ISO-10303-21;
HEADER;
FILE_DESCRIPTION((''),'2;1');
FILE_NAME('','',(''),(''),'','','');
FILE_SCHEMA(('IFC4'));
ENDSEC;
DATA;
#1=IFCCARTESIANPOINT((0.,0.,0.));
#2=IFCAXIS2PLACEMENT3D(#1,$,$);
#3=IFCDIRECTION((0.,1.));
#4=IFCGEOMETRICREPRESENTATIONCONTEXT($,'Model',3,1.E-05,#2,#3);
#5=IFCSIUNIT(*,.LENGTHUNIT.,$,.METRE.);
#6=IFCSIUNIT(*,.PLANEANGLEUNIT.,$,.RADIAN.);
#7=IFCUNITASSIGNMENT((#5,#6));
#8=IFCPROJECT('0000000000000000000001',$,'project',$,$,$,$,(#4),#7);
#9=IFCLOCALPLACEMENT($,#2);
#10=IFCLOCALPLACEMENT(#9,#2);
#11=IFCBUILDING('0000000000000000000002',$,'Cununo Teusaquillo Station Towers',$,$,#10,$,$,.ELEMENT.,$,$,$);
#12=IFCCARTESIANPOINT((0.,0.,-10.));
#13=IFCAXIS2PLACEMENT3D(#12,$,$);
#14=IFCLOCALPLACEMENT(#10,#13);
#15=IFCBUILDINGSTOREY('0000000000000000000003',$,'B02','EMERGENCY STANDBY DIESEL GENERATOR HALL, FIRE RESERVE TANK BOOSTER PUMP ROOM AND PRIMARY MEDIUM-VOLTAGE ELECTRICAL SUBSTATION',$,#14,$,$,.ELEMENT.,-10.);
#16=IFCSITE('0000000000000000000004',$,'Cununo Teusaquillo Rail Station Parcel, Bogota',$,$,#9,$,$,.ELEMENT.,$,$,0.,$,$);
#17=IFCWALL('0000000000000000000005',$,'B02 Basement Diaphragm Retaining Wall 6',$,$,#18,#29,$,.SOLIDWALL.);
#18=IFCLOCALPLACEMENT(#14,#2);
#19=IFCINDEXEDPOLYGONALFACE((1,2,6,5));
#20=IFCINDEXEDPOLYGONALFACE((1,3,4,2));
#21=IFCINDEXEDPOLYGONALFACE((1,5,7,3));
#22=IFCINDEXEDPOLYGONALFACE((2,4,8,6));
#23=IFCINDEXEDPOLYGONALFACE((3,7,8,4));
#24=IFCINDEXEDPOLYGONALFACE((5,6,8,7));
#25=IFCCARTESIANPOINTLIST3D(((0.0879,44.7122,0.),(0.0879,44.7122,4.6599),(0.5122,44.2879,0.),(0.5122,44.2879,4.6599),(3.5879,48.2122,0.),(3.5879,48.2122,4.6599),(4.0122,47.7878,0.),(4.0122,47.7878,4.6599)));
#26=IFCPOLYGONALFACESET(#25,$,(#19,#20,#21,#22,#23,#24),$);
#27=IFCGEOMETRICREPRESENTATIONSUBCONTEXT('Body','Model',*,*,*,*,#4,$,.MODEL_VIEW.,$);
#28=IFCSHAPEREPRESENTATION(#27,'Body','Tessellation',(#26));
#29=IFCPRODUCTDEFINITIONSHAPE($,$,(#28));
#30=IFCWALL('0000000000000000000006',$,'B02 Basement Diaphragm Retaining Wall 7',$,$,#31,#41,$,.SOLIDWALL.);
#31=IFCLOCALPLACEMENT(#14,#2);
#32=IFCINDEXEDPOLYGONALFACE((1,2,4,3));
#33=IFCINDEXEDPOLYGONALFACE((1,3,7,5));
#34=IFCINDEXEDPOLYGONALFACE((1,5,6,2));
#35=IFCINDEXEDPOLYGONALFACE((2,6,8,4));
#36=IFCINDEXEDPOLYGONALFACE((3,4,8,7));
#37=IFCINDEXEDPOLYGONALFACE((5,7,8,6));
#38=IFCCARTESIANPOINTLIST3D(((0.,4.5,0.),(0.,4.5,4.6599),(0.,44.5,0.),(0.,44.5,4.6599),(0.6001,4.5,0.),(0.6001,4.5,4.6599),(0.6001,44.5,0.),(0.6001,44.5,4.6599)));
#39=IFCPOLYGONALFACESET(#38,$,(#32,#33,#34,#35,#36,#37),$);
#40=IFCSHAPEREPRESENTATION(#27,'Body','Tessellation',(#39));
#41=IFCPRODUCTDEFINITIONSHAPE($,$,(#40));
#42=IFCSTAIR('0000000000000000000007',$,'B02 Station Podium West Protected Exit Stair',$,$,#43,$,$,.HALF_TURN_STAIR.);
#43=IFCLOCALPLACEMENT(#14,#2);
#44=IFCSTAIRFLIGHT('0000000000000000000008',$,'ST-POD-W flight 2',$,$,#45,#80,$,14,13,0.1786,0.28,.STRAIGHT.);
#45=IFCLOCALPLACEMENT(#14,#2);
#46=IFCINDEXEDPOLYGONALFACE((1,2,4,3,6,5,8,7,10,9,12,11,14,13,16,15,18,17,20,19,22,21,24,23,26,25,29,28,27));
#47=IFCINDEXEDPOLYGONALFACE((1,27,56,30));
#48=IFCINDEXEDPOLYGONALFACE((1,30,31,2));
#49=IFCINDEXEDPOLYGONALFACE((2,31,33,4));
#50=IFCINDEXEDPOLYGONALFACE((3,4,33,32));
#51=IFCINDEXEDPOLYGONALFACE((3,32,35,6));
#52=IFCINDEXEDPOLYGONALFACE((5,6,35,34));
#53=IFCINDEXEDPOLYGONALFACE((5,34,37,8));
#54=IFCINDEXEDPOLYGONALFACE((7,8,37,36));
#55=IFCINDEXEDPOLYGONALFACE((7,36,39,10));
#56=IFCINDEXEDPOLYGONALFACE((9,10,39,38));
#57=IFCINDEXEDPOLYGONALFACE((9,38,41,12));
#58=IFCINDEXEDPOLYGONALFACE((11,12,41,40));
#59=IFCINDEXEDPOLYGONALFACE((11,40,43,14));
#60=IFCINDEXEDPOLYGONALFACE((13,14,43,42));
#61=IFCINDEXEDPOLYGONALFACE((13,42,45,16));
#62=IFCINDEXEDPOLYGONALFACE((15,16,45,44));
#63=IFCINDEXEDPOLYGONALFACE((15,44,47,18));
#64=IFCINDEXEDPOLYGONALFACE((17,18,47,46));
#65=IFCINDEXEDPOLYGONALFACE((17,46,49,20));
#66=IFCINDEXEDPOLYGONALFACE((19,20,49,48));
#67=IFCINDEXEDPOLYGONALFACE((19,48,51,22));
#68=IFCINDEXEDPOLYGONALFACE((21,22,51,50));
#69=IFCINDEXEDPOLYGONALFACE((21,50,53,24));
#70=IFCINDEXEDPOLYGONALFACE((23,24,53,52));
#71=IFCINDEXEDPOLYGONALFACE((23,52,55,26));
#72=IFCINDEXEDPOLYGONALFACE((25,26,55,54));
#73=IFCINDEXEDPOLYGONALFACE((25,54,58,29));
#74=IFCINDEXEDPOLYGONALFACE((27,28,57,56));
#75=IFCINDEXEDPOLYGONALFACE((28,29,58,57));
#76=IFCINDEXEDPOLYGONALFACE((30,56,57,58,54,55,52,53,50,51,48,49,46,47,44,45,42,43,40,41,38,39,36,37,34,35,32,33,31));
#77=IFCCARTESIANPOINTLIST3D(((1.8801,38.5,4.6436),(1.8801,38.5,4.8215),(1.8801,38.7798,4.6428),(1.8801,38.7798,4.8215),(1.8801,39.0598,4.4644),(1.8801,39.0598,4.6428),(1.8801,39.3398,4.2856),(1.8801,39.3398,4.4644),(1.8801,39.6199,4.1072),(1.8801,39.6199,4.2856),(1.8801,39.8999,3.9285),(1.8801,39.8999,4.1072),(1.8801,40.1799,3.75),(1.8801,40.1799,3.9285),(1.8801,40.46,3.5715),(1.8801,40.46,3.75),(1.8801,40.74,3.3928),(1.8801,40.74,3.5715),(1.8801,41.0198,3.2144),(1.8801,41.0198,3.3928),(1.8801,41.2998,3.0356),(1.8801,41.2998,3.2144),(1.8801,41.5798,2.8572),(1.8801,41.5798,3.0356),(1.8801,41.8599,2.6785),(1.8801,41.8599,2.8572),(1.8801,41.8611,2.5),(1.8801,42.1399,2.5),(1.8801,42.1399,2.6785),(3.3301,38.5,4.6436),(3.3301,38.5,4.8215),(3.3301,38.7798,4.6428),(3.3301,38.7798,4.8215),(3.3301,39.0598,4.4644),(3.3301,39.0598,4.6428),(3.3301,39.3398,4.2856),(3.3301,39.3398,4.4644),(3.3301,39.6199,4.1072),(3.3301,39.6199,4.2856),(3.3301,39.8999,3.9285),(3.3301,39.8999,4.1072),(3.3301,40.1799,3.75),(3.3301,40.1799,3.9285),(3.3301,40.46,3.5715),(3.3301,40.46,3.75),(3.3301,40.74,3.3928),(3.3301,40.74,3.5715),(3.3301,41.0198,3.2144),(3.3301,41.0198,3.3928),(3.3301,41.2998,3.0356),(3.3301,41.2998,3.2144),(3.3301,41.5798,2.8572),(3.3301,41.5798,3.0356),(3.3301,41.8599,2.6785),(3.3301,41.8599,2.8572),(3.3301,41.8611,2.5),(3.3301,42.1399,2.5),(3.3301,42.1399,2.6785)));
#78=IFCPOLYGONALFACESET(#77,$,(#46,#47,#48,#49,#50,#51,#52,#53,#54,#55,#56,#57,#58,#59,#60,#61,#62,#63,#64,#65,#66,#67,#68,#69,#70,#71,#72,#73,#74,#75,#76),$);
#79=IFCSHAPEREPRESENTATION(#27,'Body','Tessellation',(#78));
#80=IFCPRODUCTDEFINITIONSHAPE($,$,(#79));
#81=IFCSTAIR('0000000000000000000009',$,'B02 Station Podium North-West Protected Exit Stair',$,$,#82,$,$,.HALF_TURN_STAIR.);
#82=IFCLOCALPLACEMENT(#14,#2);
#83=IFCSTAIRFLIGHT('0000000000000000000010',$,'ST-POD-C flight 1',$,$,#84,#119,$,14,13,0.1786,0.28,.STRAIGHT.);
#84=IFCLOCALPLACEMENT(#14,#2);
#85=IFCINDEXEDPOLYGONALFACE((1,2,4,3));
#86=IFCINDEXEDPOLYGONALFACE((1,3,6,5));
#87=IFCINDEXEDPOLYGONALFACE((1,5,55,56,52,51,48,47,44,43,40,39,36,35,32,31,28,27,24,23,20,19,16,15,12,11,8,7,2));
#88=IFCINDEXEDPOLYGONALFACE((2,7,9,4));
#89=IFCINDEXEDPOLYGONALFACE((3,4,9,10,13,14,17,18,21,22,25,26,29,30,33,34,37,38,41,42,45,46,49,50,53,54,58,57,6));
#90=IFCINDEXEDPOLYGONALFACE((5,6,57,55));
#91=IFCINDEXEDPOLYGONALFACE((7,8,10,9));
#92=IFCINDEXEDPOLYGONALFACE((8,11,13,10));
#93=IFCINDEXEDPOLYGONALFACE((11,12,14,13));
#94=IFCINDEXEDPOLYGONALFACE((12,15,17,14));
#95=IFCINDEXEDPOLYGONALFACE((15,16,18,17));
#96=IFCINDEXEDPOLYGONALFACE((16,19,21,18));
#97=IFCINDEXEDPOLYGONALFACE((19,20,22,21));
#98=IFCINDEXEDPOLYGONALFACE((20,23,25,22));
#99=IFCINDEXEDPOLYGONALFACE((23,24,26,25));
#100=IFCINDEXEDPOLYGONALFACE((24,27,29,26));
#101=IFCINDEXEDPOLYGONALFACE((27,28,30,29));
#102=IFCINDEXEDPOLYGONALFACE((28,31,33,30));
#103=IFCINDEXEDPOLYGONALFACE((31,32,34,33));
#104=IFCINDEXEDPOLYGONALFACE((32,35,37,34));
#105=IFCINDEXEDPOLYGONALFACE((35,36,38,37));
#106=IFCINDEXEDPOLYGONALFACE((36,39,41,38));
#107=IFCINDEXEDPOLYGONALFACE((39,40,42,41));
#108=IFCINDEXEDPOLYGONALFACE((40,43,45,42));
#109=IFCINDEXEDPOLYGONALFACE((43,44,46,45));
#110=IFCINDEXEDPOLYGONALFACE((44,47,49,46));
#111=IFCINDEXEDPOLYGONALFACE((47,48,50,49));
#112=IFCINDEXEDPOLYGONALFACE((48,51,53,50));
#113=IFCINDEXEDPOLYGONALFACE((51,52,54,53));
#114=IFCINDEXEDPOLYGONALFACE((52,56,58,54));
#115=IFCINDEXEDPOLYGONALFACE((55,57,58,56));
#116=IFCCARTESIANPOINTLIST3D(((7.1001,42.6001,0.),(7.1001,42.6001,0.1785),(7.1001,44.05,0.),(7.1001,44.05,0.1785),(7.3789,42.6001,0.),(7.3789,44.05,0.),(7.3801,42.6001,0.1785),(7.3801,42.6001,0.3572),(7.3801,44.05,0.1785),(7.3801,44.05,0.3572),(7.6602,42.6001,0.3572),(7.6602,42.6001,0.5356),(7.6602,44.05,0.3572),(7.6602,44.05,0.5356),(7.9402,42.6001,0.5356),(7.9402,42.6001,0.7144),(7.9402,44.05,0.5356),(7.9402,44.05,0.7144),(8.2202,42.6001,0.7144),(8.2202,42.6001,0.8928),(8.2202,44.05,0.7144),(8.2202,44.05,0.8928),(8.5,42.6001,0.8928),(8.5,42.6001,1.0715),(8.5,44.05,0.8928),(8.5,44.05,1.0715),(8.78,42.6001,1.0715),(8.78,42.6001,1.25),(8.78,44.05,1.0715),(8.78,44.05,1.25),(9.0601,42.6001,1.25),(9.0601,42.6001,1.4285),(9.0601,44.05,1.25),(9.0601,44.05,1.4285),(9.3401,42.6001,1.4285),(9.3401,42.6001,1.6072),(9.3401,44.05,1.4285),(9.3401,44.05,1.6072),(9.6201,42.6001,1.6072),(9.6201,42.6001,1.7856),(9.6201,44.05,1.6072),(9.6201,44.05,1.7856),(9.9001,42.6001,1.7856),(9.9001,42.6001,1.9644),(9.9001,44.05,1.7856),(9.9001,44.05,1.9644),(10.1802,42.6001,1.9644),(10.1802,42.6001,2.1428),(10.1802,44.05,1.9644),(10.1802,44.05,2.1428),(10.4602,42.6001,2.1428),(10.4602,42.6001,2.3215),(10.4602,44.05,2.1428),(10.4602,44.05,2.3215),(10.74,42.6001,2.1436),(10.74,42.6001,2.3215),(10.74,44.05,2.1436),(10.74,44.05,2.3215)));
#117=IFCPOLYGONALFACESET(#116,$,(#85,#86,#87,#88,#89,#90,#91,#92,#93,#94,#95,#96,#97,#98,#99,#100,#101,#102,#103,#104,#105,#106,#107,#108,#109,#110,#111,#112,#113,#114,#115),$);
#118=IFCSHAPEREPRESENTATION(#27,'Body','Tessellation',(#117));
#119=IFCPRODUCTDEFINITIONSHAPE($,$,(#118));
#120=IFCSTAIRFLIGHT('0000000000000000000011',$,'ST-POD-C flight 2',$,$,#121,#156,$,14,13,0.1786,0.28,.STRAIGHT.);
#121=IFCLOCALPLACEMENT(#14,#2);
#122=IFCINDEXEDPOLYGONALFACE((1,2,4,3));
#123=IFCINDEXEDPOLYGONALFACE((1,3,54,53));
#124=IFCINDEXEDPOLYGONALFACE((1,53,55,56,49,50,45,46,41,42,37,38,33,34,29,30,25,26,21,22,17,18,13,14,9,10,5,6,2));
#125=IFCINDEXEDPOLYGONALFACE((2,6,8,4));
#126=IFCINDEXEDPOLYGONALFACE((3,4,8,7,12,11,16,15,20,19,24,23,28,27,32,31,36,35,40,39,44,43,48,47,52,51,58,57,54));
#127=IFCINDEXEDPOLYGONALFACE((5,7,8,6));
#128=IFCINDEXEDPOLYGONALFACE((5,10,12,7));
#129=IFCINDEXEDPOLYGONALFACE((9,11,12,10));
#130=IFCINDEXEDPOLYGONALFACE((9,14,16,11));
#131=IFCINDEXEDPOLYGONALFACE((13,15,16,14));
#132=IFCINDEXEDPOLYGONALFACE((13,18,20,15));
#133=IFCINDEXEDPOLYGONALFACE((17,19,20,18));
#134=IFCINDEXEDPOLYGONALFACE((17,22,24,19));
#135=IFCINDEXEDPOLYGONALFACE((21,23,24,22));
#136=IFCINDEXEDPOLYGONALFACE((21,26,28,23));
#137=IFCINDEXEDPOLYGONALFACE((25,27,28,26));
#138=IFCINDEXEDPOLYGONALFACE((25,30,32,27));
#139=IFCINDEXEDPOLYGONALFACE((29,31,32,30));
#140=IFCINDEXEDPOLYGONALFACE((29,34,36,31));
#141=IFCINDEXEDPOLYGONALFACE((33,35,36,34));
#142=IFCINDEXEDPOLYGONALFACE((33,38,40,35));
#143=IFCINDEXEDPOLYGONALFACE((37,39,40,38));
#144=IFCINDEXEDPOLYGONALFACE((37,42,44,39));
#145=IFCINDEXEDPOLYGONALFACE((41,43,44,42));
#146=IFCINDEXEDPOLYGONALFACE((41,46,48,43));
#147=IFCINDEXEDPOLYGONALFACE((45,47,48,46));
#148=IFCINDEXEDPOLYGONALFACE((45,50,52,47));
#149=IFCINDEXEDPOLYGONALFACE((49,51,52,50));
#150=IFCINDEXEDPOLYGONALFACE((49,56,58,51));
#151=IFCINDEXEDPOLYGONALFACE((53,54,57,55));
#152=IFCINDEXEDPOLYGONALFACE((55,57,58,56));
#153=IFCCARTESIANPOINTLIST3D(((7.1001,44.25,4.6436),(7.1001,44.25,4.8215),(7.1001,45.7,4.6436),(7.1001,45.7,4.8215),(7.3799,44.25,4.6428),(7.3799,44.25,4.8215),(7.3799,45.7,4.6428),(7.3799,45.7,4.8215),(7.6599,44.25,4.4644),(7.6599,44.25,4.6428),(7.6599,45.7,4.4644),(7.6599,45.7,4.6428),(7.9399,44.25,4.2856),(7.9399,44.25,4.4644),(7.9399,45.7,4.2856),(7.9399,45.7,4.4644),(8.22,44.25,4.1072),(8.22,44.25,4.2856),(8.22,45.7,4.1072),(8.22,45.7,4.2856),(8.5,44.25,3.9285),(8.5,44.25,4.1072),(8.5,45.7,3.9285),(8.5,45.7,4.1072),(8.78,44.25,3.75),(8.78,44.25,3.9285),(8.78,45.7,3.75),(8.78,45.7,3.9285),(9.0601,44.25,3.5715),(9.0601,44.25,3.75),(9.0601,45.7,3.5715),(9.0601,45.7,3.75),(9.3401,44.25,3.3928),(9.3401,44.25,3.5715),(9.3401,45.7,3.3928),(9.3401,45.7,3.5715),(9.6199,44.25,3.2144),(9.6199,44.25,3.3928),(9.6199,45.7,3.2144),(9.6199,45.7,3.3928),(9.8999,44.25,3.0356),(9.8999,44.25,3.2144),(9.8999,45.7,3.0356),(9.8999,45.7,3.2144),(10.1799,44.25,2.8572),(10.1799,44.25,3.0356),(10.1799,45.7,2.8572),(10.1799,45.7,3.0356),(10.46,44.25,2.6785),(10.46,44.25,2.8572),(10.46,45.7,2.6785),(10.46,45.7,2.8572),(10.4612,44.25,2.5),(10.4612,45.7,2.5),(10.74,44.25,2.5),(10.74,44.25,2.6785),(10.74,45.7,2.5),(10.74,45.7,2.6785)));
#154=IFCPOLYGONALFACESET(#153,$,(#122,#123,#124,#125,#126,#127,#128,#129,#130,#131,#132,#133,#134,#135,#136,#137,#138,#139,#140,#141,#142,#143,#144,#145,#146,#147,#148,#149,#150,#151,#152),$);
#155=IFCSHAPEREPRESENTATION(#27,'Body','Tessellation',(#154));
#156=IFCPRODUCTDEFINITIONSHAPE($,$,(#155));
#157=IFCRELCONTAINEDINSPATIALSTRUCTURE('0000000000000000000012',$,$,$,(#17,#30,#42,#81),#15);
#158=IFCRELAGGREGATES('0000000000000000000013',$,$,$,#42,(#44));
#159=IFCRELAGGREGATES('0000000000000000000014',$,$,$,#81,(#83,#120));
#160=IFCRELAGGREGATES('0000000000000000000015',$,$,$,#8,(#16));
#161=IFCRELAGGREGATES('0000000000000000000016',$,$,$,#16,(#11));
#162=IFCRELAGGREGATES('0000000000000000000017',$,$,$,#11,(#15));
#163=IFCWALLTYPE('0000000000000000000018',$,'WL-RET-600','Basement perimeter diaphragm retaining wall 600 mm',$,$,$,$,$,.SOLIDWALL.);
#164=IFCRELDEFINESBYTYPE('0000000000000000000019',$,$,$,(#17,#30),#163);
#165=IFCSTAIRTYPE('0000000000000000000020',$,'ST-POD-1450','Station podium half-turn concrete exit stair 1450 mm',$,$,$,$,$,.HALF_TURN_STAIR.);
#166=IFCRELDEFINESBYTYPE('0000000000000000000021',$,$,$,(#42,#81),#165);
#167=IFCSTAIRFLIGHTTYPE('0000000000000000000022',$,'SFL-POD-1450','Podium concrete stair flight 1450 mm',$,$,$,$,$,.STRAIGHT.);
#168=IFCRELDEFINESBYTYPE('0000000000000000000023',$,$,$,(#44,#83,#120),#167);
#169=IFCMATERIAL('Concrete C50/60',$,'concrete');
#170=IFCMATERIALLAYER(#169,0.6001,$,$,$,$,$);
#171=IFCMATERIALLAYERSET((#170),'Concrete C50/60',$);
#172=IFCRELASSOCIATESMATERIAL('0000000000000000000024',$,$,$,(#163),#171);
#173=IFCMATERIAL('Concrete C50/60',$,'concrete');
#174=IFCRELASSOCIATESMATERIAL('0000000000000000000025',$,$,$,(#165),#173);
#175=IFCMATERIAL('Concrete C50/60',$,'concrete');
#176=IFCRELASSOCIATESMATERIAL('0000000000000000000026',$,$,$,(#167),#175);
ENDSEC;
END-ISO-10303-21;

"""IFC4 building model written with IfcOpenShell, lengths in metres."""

from ifc_helpers import new_model, si_unit, direction, frame, frame_2d, origin, place, context, subcontext, project, spatial, polyline, rectangle, outline, extrude, material, layer, layer_set, type_object, element, aggregate, save


model = new_model("IFC4")

# Units and contexts
model_context = context("Model", 3, precision=1e-05, world=origin(), true_north=direction((0.0, 1.0)))
body_context = subcontext(model_context, "Body", "Model", "MODEL_VIEW")
ifc_project = project(units=[si_unit("LENGTHUNIT", "METRE"), si_unit("PLANEANGLEUNIT", "RADIAN")], contexts=[model_context])

# Site, building, storey
site_placement = place(None, origin())
site = spatial("IfcSite", under=ifc_project, at=site_placement, Name="Cununo Teusaquillo Rail Station Parcel, Bogota", CompositionType="ELEMENT", RefElevation=0.0)
building_placement = place(site_placement, origin())
building = spatial("IfcBuilding", under=site, at=building_placement, Name="Cununo Teusaquillo Station Towers", CompositionType="ELEMENT")
storey_placement = place(building_placement, frame((0.0, 0.0, -10.0)))
storey = spatial("IfcBuildingStorey", under=building, at=storey_placement, Name="B02", Description="EMERGENCY STANDBY DIESEL GENERATOR HALL, FIRE RESERVE TANK BOOSTER PUMP ROOM AND PRIMARY MEDIUM-VOLTAGE ELECTRICAL SUBSTATION", CompositionType="ELEMENT", Elevation=-10.0)

# Walls
ifc_material_1 = material(Name="Concrete C50/60", Category="concrete")
ifc_layer_1 = layer(ifc_material_1, 0.6001)
ifc_layer_set_1 = layer_set([ifc_layer_1], Name="Concrete C50/60")
wall_type_1 = type_object("IfcWallType", Name="WL-RET-600", Description="Basement perimeter diaphragm retaining wall 600 mm", PredefinedType="SOLIDWALL", material=ifc_layer_set_1)
wall_1_placement = place(storey_placement, frame((3.8, 48.0, 0.0), z_axis=(0.0, 0.0, 1.0), x_axis=(-0.707107, -0.707107, 0.0)))
element("IfcWall", 1, at=wall_1_placement, inside=storey, type_object=wall_type_1, Name="B02 Basement Diaphragm Retaining Wall 6", PredefinedType="SOLIDWALL", context=body_context, shape_type="SweptSolid", body=[
    extrude(rectangle(XDim=4.9497, YDim=0.6001, at=frame_2d((2.4749, 0.0))), origin(), (0.0, 0.0, 1.0), 4.6599),
])
wall_2_placement = place(storey_placement, frame((0.3, 44.5, 0.0), z_axis=(0.0, 0.0, 1.0), x_axis=(0.0, -1.0, 0.0)))
element("IfcWall", 2, at=wall_2_placement, inside=storey, type_object=wall_type_1, Name="B02 Basement Diaphragm Retaining Wall 7", PredefinedType="SOLIDWALL", context=body_context, shape_type="SweptSolid", body=[
    extrude(rectangle(XDim=40.0, YDim=0.6001, at=frame_2d((20.0, 0.0))), origin(), (0.0, 0.0, 1.0), 4.6599),
])

# Stair, stair flight
ifc_material_2 = material(Name="Concrete C50/60", Category="concrete")
stair_type = type_object("IfcStairType", Name="ST-POD-1450", Description="Station podium half-turn concrete exit stair 1450 mm", PredefinedType="HALF_TURN_STAIR", material=ifc_material_2)
stair_1_placement = place(storey_placement, origin())
stair_1 = element("IfcStair", 3, at=stair_1_placement, inside=storey, type_object=stair_type, Name="B02 Station Podium West Protected Exit Stair", PredefinedType="HALF_TURN_STAIR")
ifc_material_3 = material(Name="Concrete C50/60", Category="concrete")
stair_flight_type = type_object("IfcStairFlightType", Name="SFL-POD-1450", Description="Podium concrete stair flight 1450 mm", PredefinedType="STRAIGHT", material=ifc_material_3)
stair_flight_1_placement = place(storey_placement, frame((2.605, 42.1399, 2.5), z_axis=(0.0, 0.0, 1.0), x_axis=(0.0, -1.0, 0.0)))
stair_flight_1 = element("IfcStairFlight", 4, at=stair_flight_1_placement, type_object=stair_flight_type, Name="ST-POD-W flight 2", NumberOfRisers=14, NumberOfTreads=13, PredefinedType="STRAIGHT", RiserHeight=0.1786, TreadLength=0.28, context=body_context, shape_type="SweptSolid", body=[
    extrude(outline(polyline([(0.0, 0.0), (0.0, 0.1785), (0.28, 0.1785), (0.28, 0.3572), (0.5601, 0.3572), (0.5601, 0.5356), (0.8401, 0.5356), (0.8401, 0.7144), (1.1201, 0.7144), (1.1201, 0.8928), (1.3999, 0.8928), (1.3999, 1.0715), (1.6799, 1.0715), (1.6799, 1.25), (1.96, 1.25), (1.96, 1.4285), (2.24, 1.4285), (2.24, 1.6072), (2.52, 1.6072), (2.52, 1.7856), (2.8, 1.7856), (2.8, 1.9644), (3.0801, 1.9644), (3.0801, 2.1428), (3.3601, 2.1428), (3.3601, 2.3215), (3.6399, 2.3215), (3.6399, 2.5), (3.6399, 2.1436), (0.2788, 0.0), (0.0, 0.0)])), frame((0.0, 0.7251, 0.0), z_axis=(0.0, -1.0, 0.0), x_axis=(1.0, 0.0, 0.0)), (0.0, 0.0, 1.0), 1.45),
])
aggregate(stair_1, [stair_flight_1])

# Stair, stair flights
stair_2_placement = place(storey_placement, origin())
stair_2 = element("IfcStair", 5, at=stair_2_placement, inside=storey, type_object=stair_type, Name="B02 Station Podium North-West Protected Exit Stair", PredefinedType="HALF_TURN_STAIR")
stair_flight_2_placement = place(storey_placement, frame((7.1001, 43.325, 0.0), z_axis=(0.0, 0.0, 1.0), x_axis=(1.0, 0.0, 0.0)))
stair_flight_2 = element("IfcStairFlight", 6, at=stair_flight_2_placement, type_object=stair_flight_type, Name="ST-POD-C flight 1", NumberOfRisers=14, NumberOfTreads=13, PredefinedType="STRAIGHT", RiserHeight=0.1786, TreadLength=0.28, context=body_context, shape_type="SweptSolid", body=[
    extrude(outline(polyline([(0.0, 0.0), (0.0, 0.1785), (0.28, 0.1785), (0.28, 0.3572), (0.5601, 0.3572), (0.5601, 0.5356), (0.8401, 0.5356), (0.8401, 0.7144), (1.1201, 0.7144), (1.1201, 0.8928), (1.3999, 0.8928), (1.3999, 1.0715), (1.6799, 1.0715), (1.6799, 1.25), (1.96, 1.25), (1.96, 1.4285), (2.24, 1.4285), (2.24, 1.6072), (2.52, 1.6072), (2.52, 1.7856), (2.8, 1.7856), (2.8, 1.9644), (3.0801, 1.9644), (3.0801, 2.1428), (3.3601, 2.1428), (3.3601, 2.3215), (3.6399, 2.3215), (3.6399, 2.5), (3.6399, 2.1436), (0.2788, 0.0), (0.0, 0.0)])), frame((0.0, 0.7251, 0.0), z_axis=(0.0, -1.0, 0.0), x_axis=(1.0, 0.0, 0.0)), (0.0, 0.0, 1.0), 1.45),
])
stair_flight_3_placement = place(storey_placement, frame((10.74, 44.9751, 2.5), z_axis=(0.0, 0.0, 1.0), x_axis=(-1.0, 0.0, 0.0)))
stair_flight_3 = element("IfcStairFlight", 7, at=stair_flight_3_placement, type_object=stair_flight_type, Name="ST-POD-C flight 2", NumberOfRisers=14, NumberOfTreads=13, PredefinedType="STRAIGHT", RiserHeight=0.1786, TreadLength=0.28, context=body_context, shape_type="SweptSolid", body=[
    extrude(outline(polyline([(0.0, 0.0), (0.0, 0.1785), (0.28, 0.1785), (0.28, 0.3572), (0.5601, 0.3572), (0.5601, 0.5356), (0.8401, 0.5356), (0.8401, 0.7144), (1.1201, 0.7144), (1.1201, 0.8928), (1.3999, 0.8928), (1.3999, 1.0715), (1.6799, 1.0715), (1.6799, 1.25), (1.96, 1.25), (1.96, 1.4285), (2.24, 1.4285), (2.24, 1.6072), (2.52, 1.6072), (2.52, 1.7856), (2.8, 1.7856), (2.8, 1.9644), (3.0801, 1.9644), (3.0801, 2.1428), (3.3601, 2.1428), (3.3601, 2.3215), (3.6399, 2.3215), (3.6399, 2.5), (3.6399, 2.1436), (0.2788, 0.0), (0.0, 0.0)])), frame((0.0, 0.7251, 0.0), z_axis=(0.0, -1.0, 0.0), x_axis=(1.0, 0.0, 0.0)), (0.0, 0.0, 1.0), 1.45),
])
aggregate(stair_2, [stair_flight_2, stair_flight_3])

save(model, "model.ifc")
